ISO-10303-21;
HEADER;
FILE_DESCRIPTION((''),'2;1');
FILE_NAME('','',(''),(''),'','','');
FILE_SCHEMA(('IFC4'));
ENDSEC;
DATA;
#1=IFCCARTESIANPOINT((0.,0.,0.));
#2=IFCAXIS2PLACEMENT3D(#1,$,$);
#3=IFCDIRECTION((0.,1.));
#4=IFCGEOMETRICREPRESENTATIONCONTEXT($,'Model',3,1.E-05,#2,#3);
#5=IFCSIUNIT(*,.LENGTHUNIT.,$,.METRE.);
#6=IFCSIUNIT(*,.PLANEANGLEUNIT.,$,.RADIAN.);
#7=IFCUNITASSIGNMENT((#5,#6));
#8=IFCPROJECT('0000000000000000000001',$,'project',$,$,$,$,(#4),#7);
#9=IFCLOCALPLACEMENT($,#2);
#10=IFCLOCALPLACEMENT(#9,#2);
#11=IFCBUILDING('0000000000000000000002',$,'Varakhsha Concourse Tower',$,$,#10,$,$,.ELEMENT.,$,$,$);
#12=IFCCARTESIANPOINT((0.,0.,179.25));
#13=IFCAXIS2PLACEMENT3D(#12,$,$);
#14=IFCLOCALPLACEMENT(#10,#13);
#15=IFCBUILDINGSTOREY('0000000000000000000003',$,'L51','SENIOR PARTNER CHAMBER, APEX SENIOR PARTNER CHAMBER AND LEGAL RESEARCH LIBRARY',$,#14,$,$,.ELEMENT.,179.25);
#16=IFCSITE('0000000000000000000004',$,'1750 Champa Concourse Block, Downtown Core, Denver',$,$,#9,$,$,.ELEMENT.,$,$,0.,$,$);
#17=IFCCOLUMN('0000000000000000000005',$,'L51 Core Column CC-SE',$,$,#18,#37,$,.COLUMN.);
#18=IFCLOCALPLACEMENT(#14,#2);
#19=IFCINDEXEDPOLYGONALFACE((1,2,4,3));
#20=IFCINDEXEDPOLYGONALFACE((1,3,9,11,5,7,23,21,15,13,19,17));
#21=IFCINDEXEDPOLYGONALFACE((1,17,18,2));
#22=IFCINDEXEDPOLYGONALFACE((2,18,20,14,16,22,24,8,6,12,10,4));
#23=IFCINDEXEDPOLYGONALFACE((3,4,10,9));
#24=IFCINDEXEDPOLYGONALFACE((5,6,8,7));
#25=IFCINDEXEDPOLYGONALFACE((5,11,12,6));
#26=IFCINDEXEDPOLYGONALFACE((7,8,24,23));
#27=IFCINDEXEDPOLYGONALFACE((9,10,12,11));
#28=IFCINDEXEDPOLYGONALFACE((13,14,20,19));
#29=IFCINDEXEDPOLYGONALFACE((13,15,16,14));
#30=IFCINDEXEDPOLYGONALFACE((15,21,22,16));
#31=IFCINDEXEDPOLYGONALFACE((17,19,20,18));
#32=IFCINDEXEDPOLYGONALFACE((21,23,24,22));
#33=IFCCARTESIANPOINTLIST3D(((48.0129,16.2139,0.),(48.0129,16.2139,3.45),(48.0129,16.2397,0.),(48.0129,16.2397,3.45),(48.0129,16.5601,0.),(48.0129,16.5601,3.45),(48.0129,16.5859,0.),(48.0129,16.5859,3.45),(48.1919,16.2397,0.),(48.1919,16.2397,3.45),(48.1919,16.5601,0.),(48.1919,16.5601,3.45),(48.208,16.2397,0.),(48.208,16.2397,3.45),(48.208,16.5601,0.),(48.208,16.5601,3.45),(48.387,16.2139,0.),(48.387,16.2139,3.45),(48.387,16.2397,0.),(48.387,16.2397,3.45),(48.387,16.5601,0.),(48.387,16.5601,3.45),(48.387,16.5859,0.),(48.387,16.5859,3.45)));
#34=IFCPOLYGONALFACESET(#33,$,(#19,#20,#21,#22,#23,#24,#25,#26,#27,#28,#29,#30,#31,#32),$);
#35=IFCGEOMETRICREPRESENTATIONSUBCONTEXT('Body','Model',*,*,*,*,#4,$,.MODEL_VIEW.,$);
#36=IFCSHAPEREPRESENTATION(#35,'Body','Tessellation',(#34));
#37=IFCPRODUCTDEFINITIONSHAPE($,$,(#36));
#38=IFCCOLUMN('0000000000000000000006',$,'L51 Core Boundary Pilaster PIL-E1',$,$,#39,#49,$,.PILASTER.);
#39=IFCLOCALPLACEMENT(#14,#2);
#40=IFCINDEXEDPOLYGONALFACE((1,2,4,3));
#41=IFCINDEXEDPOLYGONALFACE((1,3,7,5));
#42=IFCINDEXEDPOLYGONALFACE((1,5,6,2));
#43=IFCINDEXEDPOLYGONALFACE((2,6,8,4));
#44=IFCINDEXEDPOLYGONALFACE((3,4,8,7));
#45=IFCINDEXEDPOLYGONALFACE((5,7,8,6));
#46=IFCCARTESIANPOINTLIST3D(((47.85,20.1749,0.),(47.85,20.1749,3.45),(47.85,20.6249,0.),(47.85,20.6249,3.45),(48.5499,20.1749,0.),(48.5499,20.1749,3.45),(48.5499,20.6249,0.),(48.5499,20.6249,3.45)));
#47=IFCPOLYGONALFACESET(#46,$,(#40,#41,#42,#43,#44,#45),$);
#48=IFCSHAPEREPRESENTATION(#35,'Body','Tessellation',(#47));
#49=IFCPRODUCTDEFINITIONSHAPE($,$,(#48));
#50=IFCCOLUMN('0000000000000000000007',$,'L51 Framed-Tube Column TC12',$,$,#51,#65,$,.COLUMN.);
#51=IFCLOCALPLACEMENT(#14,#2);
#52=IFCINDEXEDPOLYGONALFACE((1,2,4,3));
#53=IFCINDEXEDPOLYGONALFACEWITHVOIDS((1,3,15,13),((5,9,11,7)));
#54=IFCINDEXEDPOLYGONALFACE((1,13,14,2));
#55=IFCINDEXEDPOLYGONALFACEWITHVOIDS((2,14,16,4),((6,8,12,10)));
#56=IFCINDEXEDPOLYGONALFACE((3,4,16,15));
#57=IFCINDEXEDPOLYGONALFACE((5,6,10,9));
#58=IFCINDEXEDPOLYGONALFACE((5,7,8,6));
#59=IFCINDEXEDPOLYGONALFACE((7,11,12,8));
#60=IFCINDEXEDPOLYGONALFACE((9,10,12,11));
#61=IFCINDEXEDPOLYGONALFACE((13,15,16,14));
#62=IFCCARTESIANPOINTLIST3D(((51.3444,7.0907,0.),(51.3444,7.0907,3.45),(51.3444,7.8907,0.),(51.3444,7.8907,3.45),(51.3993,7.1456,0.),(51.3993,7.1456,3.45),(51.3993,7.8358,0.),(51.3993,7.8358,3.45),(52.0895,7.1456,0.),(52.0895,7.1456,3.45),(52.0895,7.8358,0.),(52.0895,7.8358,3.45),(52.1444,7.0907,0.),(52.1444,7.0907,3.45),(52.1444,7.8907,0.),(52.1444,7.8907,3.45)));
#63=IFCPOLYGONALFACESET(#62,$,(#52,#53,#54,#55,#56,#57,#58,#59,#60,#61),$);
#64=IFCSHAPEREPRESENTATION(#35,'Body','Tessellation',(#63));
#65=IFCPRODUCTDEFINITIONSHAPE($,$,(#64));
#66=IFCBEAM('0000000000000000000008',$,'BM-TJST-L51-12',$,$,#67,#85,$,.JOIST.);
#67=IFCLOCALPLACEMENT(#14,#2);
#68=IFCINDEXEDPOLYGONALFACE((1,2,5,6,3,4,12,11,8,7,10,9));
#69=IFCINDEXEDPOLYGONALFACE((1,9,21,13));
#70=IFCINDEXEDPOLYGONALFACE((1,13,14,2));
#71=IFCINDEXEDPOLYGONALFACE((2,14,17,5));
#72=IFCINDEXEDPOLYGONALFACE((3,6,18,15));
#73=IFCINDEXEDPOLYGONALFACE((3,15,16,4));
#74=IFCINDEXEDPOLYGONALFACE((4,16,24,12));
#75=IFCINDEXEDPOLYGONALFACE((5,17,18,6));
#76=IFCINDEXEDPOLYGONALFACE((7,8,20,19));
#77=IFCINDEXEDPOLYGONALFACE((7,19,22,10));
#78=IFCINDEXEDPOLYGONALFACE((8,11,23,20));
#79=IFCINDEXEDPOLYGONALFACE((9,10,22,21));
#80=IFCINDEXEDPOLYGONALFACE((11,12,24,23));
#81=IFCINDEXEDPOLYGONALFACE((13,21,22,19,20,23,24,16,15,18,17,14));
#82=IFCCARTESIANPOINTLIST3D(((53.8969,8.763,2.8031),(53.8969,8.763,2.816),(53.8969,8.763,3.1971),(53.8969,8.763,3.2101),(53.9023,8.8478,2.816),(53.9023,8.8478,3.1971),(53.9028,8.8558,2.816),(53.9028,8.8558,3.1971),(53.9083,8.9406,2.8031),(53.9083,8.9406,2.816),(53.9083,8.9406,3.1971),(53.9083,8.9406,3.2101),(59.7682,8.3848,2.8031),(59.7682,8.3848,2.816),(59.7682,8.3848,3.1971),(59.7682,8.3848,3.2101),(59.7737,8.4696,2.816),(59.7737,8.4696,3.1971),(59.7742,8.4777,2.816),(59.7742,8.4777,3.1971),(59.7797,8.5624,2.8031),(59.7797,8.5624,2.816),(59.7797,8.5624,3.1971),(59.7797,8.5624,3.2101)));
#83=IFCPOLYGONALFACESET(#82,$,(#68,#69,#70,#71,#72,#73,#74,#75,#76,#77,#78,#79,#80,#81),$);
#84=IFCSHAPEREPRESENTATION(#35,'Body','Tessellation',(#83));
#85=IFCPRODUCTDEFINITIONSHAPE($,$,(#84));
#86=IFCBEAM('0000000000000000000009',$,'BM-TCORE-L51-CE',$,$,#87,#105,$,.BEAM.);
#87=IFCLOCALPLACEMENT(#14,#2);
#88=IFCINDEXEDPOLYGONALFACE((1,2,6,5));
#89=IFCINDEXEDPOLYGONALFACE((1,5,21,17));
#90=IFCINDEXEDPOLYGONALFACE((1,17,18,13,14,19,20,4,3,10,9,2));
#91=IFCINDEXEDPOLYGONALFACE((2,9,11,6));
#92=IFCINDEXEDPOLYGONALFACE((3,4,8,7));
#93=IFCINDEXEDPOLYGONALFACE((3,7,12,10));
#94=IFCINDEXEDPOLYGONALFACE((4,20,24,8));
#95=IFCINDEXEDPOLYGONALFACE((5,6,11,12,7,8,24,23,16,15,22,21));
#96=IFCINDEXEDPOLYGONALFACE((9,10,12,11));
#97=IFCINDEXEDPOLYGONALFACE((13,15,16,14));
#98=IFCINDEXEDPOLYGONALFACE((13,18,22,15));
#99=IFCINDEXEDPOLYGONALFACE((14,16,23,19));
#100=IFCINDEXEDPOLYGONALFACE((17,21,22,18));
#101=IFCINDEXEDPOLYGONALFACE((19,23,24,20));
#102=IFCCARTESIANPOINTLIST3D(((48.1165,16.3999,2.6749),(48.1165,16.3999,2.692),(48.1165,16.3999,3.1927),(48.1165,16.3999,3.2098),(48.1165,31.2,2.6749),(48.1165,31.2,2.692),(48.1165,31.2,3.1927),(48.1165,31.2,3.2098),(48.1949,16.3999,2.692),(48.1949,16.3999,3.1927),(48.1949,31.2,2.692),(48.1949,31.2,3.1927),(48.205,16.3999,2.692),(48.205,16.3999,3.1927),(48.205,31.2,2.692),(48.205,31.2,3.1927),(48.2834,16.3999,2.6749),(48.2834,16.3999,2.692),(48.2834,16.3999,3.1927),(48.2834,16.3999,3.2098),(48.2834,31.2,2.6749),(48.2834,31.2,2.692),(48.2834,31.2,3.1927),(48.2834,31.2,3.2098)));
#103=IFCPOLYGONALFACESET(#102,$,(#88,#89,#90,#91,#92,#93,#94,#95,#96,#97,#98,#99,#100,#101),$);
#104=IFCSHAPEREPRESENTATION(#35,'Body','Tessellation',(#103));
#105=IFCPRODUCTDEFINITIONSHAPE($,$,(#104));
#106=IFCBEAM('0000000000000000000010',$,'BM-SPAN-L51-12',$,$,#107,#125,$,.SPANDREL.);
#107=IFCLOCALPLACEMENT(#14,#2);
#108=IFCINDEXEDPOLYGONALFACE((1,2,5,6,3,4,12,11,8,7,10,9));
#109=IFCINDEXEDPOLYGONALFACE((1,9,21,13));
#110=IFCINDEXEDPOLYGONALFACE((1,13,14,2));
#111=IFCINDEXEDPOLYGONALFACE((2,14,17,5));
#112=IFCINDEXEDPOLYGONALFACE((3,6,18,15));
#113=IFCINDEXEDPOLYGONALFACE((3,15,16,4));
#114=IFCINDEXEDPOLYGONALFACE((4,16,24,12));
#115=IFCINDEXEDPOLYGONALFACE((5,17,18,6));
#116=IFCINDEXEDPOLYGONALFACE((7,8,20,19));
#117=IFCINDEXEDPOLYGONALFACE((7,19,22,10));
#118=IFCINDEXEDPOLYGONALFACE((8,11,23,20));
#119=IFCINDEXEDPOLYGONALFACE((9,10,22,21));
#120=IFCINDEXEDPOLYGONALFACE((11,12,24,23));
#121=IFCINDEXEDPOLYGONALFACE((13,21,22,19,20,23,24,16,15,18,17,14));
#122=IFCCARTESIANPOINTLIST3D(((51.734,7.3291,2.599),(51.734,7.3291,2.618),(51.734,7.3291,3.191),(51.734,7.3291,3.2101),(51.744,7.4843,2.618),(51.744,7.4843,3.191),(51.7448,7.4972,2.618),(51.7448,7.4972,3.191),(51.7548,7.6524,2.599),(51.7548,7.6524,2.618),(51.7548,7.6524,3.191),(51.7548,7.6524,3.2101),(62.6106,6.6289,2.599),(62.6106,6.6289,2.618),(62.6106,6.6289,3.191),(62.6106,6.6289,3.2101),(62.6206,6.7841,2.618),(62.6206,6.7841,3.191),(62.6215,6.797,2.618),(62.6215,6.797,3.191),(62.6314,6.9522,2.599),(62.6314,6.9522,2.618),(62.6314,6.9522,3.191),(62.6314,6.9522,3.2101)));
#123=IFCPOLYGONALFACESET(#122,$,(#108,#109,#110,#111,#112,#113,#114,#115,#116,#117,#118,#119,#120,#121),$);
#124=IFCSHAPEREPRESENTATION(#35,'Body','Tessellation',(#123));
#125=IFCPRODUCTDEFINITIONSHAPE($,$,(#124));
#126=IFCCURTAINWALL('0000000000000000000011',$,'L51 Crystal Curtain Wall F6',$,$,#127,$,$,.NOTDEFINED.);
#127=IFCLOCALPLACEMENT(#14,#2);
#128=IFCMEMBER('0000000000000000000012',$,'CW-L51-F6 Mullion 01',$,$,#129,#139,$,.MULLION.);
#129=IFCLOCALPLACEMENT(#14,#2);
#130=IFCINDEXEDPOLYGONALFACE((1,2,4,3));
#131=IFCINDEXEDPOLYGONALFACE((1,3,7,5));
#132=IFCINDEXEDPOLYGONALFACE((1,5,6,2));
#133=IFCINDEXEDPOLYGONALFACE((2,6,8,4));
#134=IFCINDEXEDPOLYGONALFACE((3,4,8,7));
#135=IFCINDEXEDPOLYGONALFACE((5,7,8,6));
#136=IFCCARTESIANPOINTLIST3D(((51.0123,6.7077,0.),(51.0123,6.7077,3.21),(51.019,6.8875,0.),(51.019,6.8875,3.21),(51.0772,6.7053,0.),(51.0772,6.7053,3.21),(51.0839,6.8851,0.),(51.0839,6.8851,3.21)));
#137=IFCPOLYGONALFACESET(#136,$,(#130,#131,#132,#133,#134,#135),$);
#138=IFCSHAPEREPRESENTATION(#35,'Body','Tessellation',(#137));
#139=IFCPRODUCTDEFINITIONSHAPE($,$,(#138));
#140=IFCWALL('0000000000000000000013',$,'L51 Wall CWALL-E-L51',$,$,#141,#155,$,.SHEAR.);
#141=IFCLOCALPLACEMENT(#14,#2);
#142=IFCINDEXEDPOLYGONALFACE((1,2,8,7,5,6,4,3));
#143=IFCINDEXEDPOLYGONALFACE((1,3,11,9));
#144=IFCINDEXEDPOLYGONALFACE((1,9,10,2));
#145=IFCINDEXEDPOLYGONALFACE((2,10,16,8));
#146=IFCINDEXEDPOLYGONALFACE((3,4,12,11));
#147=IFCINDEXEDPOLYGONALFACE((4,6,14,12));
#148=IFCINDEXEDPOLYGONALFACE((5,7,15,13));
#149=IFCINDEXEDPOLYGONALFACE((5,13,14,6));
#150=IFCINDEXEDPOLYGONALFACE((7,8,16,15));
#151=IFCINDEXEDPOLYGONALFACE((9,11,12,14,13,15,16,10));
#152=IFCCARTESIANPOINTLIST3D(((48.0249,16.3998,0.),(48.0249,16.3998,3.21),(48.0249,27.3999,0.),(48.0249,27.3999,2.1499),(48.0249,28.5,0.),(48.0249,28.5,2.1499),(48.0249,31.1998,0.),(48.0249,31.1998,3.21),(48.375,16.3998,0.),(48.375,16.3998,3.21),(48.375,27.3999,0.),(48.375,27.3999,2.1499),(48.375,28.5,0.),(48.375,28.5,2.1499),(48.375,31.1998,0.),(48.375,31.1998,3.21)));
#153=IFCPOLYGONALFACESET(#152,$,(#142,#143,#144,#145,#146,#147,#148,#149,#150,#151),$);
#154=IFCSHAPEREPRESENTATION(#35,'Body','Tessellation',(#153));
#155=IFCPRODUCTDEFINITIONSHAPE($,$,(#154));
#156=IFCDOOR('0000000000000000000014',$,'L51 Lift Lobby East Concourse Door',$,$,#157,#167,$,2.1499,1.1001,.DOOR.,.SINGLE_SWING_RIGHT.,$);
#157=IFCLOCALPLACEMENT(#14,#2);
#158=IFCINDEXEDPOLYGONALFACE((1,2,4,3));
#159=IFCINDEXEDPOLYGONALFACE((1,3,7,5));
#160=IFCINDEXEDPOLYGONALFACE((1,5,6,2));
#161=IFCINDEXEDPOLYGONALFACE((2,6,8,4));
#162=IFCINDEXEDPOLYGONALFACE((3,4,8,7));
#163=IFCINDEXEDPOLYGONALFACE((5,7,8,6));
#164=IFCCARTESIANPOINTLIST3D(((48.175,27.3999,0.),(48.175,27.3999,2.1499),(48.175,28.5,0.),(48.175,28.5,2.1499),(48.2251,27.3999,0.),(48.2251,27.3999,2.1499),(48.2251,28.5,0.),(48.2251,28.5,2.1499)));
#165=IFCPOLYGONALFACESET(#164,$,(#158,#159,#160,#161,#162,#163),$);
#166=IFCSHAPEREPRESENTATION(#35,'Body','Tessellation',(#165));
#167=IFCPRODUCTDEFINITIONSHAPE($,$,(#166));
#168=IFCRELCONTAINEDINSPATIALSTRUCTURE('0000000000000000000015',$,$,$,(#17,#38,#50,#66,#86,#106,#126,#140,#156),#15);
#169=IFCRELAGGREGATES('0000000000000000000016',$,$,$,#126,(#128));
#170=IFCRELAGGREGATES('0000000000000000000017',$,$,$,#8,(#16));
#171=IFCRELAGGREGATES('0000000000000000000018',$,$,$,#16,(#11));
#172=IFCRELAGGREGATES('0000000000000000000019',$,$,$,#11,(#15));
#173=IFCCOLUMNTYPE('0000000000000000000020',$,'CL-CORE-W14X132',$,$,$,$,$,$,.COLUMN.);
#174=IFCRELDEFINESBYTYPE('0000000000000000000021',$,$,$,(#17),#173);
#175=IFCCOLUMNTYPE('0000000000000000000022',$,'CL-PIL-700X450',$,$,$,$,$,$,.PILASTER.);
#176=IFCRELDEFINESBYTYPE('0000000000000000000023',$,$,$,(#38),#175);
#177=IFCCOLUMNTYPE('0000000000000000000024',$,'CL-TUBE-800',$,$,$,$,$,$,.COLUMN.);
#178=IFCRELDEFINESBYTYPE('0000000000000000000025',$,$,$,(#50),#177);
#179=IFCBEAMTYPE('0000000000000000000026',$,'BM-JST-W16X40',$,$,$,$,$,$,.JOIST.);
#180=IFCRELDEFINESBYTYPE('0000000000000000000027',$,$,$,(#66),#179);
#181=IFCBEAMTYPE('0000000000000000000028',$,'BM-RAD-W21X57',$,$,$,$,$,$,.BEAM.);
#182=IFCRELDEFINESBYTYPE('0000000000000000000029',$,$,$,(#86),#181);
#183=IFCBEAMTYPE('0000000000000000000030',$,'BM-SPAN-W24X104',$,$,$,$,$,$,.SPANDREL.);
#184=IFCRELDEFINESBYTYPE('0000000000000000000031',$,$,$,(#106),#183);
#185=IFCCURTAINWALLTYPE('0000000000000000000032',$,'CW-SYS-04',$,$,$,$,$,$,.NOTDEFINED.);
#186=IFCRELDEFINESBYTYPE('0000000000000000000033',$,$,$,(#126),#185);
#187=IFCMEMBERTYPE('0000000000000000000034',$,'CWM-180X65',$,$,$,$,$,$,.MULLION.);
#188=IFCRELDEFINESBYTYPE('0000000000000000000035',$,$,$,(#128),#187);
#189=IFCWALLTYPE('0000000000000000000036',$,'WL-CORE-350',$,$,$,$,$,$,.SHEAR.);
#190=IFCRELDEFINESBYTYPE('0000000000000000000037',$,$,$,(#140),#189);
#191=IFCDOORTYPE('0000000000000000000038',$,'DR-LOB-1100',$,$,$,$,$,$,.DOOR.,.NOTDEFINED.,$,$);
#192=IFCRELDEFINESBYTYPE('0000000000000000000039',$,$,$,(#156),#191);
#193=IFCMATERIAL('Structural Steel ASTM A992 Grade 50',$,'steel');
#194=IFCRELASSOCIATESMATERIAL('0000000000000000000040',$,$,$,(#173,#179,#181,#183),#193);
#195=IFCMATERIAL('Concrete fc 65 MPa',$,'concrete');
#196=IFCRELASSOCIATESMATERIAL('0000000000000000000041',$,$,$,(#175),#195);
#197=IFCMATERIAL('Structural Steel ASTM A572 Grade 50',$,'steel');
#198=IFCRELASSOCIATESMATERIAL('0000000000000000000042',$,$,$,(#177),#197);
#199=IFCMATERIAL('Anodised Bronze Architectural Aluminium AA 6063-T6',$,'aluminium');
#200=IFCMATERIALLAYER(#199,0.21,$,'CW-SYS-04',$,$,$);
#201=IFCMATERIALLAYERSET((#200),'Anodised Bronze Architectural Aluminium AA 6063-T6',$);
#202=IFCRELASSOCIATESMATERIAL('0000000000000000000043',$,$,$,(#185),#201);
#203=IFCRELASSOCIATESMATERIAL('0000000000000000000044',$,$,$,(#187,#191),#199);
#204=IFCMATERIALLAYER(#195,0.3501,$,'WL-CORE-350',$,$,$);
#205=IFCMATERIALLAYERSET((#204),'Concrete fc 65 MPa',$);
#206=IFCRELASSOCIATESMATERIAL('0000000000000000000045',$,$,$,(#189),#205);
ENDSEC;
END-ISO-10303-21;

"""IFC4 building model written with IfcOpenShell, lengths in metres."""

from ifc_helpers import new_model, si_unit, direction, frame, frame_2d, origin, origin_2d, place, context, subcontext, project, spatial, rectangle, hollow_rectangle, i_section, extrude, source, transform, mapped, material, layer, layer_set, material_profile, profile_set, type_object, type_shapes, element, fill, aggregate, save


model = new_model("IFC4")

# Units and contexts
model_context = context("Model", 3, precision=1e-05, world=origin(), true_north=direction((0.0, 1.0)))
body_context = subcontext(model_context, "Body", "Model", "MODEL_VIEW")
ifc_project = project(units=[si_unit("LENGTHUNIT", "METRE"), si_unit("PLANEANGLEUNIT", "RADIAN")], contexts=[model_context])

# Site, building, storey
site_placement = place(None, origin())
site = spatial("IfcSite", under=ifc_project, at=site_placement, Name="1750 Champa Concourse Block, Downtown Core, Denver", CompositionType="ELEMENT", RefElevation=0.0)
building_placement = place(site_placement, origin())
building = spatial("IfcBuilding", under=site, at=building_placement, Name="Varakhsha Concourse Tower", CompositionType="ELEMENT")
storey_placement = place(building_placement, frame((0.0, 0.0, 179.25)))
storey = spatial("IfcBuildingStorey", under=building, at=storey_placement, Name="L51", Description="SENIOR PARTNER CHAMBER, APEX SENIOR PARTNER CHAMBER AND LEGAL RESEARCH LIBRARY", CompositionType="ELEMENT", Elevation=179.25)

# Columns
ifc_material_1 = material(Name="Structural Steel ASTM A992 Grade 50", Category="steel")
ifc_material_profile_1 = material_profile(ifc_material_1, i_section(OverallWidth=0.374, OverallDepth=0.3721, WebThickness=0.0161, FlangeThickness=0.0259, at=origin_2d()), Name="W14X132")
ifc_profile_set_1 = profile_set([ifc_material_profile_1], Name="Structural Steel ASTM A992 Grade 50")
column_type_1 = type_object("IfcColumnType", Name="CL-CORE-W14X132", PredefinedType="COLUMN", material=ifc_profile_set_1)
column_1_placement = place(storey_placement, frame((48.2, 16.3999, 0.0), z_axis=(0.0, 0.0, 1.0), x_axis=(1.0, 0.0, 0.0)))
element("IfcColumn", 1, at=column_1_placement, inside=storey, type_object=column_type_1, Name="L51 Core Column CC-SE", PredefinedType="COLUMN", context=body_context, shape_type="SweptSolid", body=[
    extrude(i_section(OverallWidth=0.374, OverallDepth=0.3721, WebThickness=0.0161, FlangeThickness=0.0259, at=origin_2d()), origin(), (0.0, 0.0, 1.0), 3.45),
])
ifc_material_2 = material(Name="Concrete fc 65 MPa", Category="concrete")
ifc_material_profile_2 = material_profile(ifc_material_2, rectangle(XDim=0.7, YDim=0.45, at=origin_2d()), Name="RC 700x450")
ifc_profile_set_2 = profile_set([ifc_material_profile_2], Name="Concrete fc 65 MPa")
column_type_2 = type_object("IfcColumnType", Name="CL-PIL-700X450", PredefinedType="PILASTER", material=ifc_profile_set_2)
column_2_placement = place(storey_placement, frame((48.2, 20.3999, 0.0), z_axis=(0.0, 0.0, 1.0), x_axis=(1.0, 0.0, 0.0)))
element("IfcColumn", 2, at=column_2_placement, inside=storey, type_object=column_type_2, Name="L51 Core Boundary Pilaster PIL-E1", PredefinedType="PILASTER", context=body_context, shape_type="SweptSolid", body=[
    extrude(rectangle(XDim=0.7, YDim=0.45, at=origin_2d()), origin(), (0.0, 0.0, 1.0), 3.45),
])
ifc_material_3 = material(Name="Structural Steel ASTM A572 Grade 50", Category="steel")
ifc_material_profile_3 = material_profile(ifc_material_3, hollow_rectangle(XDim=0.8, YDim=0.8, WallThickness=0.0549, at=origin_2d()), Name="BOX 800x800x55")
ifc_profile_set_3 = profile_set([ifc_material_profile_3], Name="Structural Steel ASTM A572 Grade 50")
column_type_3 = type_object("IfcColumnType", Name="CL-TUBE-800", PredefinedType="COLUMN", material=ifc_profile_set_3)
column_3_placement = place(storey_placement, frame((51.7444, 7.4907, 0.0), z_axis=(0.0, 0.0, 1.0), x_axis=(1.0, 0.0, 0.0)))
element("IfcColumn", 3, at=column_3_placement, inside=storey, type_object=column_type_3, Name="L51 Framed-Tube Column TC12", PredefinedType="COLUMN", context=body_context, shape_type="SweptSolid", body=[
    extrude(hollow_rectangle(XDim=0.8, YDim=0.8, WallThickness=0.0549, at=origin_2d()), origin(), (0.0, 0.0, 1.0), 3.45),
])

# Beams
ifc_material_profile_4 = material_profile(ifc_material_1, i_section(OverallWidth=0.178, OverallDepth=0.407, WebThickness=0.0081, FlangeThickness=0.0129, at=origin_2d()), Name="W16X40")
ifc_profile_set_4 = profile_set([ifc_material_profile_4], Name="Structural Steel ASTM A992 Grade 50")
beam_type_1 = type_object("IfcBeamType", Name="BM-JST-W16X40", PredefinedType="JOIST", material=ifc_profile_set_4)
beam_1_placement = place(storey_placement, frame((53.9026, 8.8518, 3.0066), z_axis=(0.997932, -0.064277, 0.0), x_axis=(0.064277, 0.997932, 0.0)))
element("IfcBeam", 4, at=beam_1_placement, inside=storey, type_object=beam_type_1, Name="BM-TJST-L51-12", PredefinedType="JOIST", context=body_context, shape_type="SweptSolid", body=[
    extrude(i_section(OverallWidth=0.178, OverallDepth=0.407, WebThickness=0.0081, FlangeThickness=0.0129, at=origin_2d()), origin(), (0.0, 0.0, 1.0), 5.8835),
])
ifc_material_profile_5 = material_profile(ifc_material_1, i_section(OverallWidth=0.167, OverallDepth=0.5349, WebThickness=0.01, FlangeThickness=0.0171, at=origin_2d()), Name="W21X57")
ifc_profile_set_5 = profile_set([ifc_material_profile_5], Name="Structural Steel ASTM A992 Grade 50")
beam_type_2 = type_object("IfcBeamType", Name="BM-RAD-W21X57", PredefinedType="BEAM", material=ifc_profile_set_5)
beam_2_placement = place(storey_placement, frame((48.2, 16.3999, 2.9424), z_axis=(0.0, 1.0, 0.0), x_axis=(-1.0, 0.0, 0.0)))
element("IfcBeam", 5, at=beam_2_placement, inside=storey, type_object=beam_type_2, Name="BM-TCORE-L51-CE", PredefinedType="BEAM", context=body_context, shape_type="SweptSolid", body=[
    extrude(i_section(OverallWidth=0.167, OverallDepth=0.5349, WebThickness=0.01, FlangeThickness=0.0171, at=origin_2d()), origin(), (0.0, 0.0, 1.0), 14.8),
])
ifc_material_profile_6 = material_profile(ifc_material_1, i_section(OverallWidth=0.324, OverallDepth=0.6111, WebThickness=0.0129, FlangeThickness=0.019, at=origin_2d()), Name="W24X104")
ifc_profile_set_6 = profile_set([ifc_material_profile_6], Name="Structural Steel ASTM A992 Grade 50")
beam_type_3 = type_object("IfcBeamType", Name="BM-SPAN-W24X104", PredefinedType="SPANDREL", material=ifc_profile_set_6)
beam_3_placement = place(storey_placement, frame((51.7444, 7.4907, 2.9045), z_axis=(0.997934, -0.064243, 0.0), x_axis=(0.064243, 0.997934, 0.0)))
element("IfcBeam", 6, at=beam_3_placement, inside=storey, type_object=beam_type_3, Name="BM-SPAN-L51-12", PredefinedType="SPANDREL", context=body_context, shape_type="SweptSolid", body=[
    extrude(i_section(OverallWidth=0.324, OverallDepth=0.6111, WebThickness=0.0129, FlangeThickness=0.019, at=origin_2d()), origin(), (0.0, 0.0, 1.0), 10.8992),
])

# Curtain wall, member
ifc_material_4 = material(Name="Anodised Bronze Architectural Aluminium AA 6063-T6", Category="aluminium")
ifc_layer_1 = layer(ifc_material_4, 0.21, Name="CW-SYS-04")
ifc_layer_set_1 = layer_set([ifc_layer_1], Name="Anodised Bronze Architectural Aluminium AA 6063-T6")
curtain_wall_type = type_object("IfcCurtainWallType", Name="CW-SYS-04", PredefinedType="NOTDEFINED", material=ifc_layer_set_1)
curtain_wall_placement = place(storey_placement, origin())
curtain_wall = element("IfcCurtainWall", 7, at=curtain_wall_placement, inside=storey, type_object=curtain_wall_type, Name="L51 Crystal Curtain Wall F6", PredefinedType="NOTDEFINED")
ifc_material_profile_7 = material_profile(ifc_material_4, rectangle(XDim=0.0649, YDim=0.1799, at=origin_2d()), Name="CWM-180X65")
ifc_profile_set_7 = profile_set([ifc_material_profile_7], Name="Anodised Bronze Architectural Aluminium AA 6063-T6")
member_type = type_object("IfcMemberType", Name="CWM-180X65", PredefinedType="MULLION", material=ifc_profile_set_7)
shared_shape = source(origin(), body_context, "Body", "SweptSolid", [
    extrude(rectangle(XDim=0.0649, YDim=0.1799, at=origin_2d()), origin(), (0.0, 0.0, 1.0), 3.21),
])
type_shapes(member_type, [shared_shape])
member_placement = place(storey_placement, frame((51.0481, 6.7964, 0.0), z_axis=(0.0, 0.0, 1.0), x_axis=(-0.999301, 0.037376, 0.0)))
member = element("IfcMember", 8, at=member_placement, type_object=member_type, Name="CW-L51-F6 Mullion 01", PredefinedType="MULLION", context=body_context, shape_type="MappedRepresentation", body=[
    mapped(shared_shape, transform((0.0, 0.0, 0.0), scale=1.0)),
])
aggregate(curtain_wall, [member])

# Wall, opening, door
ifc_layer_2 = layer(ifc_material_2, 0.3501, Name="WL-CORE-350")
ifc_layer_set_2 = layer_set([ifc_layer_2], Name="Concrete fc 65 MPa")
wall_type_1 = type_object("IfcWallType", Name="WL-CORE-350", PredefinedType="SHEAR", material=ifc_layer_set_2)
wall_1_placement = place(storey_placement, frame((48.2, 16.3999, 0.0), z_axis=(0.0, 0.0, 1.0), x_axis=(0.0, 1.0, 0.0)))
wall_1 = element("IfcWall", 9, at=wall_1_placement, inside=storey, type_object=wall_type_1, Name="L51 Wall CWALL-E-L51", PredefinedType="SHEAR", context=body_context, shape_type="SweptSolid", body=[
    extrude(rectangle(XDim=14.8, YDim=0.3501, at=frame_2d((7.3999, 0.0))), origin(), (0.0, 0.0, 1.0), 3.21),
])
opening_1_placement = place(wall_1_placement, frame((11.0, 0.0, 0.0)))
opening_1 = element("IfcOpeningElement", 10, at=opening_1_placement, cuts=wall_1, PredefinedType="OPENING", context=body_context, shape_type="SweptSolid", body=[
    extrude(rectangle(XDim=1.1001, YDim=2.1499, at=frame_2d((0.55, 1.075))), frame((0.0, 0.1851, 0.0), z_axis=(0.0, -1.0, 0.0), x_axis=(1.0, 0.0, 0.0)), (0.0, 0.0, 1.0), 0.3701),
])
door_type_1 = type_object("IfcDoorType", Name="DR-LOB-1100", OperationType="NOTDEFINED", PredefinedType="DOOR", material=ifc_material_4)
door_1_placement = place(opening_1_placement, origin())
door_1 = element("IfcDoor", 11, at=door_1_placement, inside=storey, type_object=door_type_1, Name="L51 Lift Lobby East Concourse Door", OperationType="SINGLE_SWING_RIGHT", OverallHeight=2.1499, OverallWidth=1.1001, PredefinedType="DOOR", context=body_context, shape_type="SweptSolid", body=[
    extrude(rectangle(XDim=1.1001, YDim=2.1499, at=frame_2d((0.55, 1.075))), frame((0.0, 0.0249, 0.0), z_axis=(0.0, -1.0, 0.0), x_axis=(1.0, 0.0, 0.0)), (0.0, 0.0, 1.0), 0.05),
])
fill(opening_1, door_1)

save(model, "model.ifc")
